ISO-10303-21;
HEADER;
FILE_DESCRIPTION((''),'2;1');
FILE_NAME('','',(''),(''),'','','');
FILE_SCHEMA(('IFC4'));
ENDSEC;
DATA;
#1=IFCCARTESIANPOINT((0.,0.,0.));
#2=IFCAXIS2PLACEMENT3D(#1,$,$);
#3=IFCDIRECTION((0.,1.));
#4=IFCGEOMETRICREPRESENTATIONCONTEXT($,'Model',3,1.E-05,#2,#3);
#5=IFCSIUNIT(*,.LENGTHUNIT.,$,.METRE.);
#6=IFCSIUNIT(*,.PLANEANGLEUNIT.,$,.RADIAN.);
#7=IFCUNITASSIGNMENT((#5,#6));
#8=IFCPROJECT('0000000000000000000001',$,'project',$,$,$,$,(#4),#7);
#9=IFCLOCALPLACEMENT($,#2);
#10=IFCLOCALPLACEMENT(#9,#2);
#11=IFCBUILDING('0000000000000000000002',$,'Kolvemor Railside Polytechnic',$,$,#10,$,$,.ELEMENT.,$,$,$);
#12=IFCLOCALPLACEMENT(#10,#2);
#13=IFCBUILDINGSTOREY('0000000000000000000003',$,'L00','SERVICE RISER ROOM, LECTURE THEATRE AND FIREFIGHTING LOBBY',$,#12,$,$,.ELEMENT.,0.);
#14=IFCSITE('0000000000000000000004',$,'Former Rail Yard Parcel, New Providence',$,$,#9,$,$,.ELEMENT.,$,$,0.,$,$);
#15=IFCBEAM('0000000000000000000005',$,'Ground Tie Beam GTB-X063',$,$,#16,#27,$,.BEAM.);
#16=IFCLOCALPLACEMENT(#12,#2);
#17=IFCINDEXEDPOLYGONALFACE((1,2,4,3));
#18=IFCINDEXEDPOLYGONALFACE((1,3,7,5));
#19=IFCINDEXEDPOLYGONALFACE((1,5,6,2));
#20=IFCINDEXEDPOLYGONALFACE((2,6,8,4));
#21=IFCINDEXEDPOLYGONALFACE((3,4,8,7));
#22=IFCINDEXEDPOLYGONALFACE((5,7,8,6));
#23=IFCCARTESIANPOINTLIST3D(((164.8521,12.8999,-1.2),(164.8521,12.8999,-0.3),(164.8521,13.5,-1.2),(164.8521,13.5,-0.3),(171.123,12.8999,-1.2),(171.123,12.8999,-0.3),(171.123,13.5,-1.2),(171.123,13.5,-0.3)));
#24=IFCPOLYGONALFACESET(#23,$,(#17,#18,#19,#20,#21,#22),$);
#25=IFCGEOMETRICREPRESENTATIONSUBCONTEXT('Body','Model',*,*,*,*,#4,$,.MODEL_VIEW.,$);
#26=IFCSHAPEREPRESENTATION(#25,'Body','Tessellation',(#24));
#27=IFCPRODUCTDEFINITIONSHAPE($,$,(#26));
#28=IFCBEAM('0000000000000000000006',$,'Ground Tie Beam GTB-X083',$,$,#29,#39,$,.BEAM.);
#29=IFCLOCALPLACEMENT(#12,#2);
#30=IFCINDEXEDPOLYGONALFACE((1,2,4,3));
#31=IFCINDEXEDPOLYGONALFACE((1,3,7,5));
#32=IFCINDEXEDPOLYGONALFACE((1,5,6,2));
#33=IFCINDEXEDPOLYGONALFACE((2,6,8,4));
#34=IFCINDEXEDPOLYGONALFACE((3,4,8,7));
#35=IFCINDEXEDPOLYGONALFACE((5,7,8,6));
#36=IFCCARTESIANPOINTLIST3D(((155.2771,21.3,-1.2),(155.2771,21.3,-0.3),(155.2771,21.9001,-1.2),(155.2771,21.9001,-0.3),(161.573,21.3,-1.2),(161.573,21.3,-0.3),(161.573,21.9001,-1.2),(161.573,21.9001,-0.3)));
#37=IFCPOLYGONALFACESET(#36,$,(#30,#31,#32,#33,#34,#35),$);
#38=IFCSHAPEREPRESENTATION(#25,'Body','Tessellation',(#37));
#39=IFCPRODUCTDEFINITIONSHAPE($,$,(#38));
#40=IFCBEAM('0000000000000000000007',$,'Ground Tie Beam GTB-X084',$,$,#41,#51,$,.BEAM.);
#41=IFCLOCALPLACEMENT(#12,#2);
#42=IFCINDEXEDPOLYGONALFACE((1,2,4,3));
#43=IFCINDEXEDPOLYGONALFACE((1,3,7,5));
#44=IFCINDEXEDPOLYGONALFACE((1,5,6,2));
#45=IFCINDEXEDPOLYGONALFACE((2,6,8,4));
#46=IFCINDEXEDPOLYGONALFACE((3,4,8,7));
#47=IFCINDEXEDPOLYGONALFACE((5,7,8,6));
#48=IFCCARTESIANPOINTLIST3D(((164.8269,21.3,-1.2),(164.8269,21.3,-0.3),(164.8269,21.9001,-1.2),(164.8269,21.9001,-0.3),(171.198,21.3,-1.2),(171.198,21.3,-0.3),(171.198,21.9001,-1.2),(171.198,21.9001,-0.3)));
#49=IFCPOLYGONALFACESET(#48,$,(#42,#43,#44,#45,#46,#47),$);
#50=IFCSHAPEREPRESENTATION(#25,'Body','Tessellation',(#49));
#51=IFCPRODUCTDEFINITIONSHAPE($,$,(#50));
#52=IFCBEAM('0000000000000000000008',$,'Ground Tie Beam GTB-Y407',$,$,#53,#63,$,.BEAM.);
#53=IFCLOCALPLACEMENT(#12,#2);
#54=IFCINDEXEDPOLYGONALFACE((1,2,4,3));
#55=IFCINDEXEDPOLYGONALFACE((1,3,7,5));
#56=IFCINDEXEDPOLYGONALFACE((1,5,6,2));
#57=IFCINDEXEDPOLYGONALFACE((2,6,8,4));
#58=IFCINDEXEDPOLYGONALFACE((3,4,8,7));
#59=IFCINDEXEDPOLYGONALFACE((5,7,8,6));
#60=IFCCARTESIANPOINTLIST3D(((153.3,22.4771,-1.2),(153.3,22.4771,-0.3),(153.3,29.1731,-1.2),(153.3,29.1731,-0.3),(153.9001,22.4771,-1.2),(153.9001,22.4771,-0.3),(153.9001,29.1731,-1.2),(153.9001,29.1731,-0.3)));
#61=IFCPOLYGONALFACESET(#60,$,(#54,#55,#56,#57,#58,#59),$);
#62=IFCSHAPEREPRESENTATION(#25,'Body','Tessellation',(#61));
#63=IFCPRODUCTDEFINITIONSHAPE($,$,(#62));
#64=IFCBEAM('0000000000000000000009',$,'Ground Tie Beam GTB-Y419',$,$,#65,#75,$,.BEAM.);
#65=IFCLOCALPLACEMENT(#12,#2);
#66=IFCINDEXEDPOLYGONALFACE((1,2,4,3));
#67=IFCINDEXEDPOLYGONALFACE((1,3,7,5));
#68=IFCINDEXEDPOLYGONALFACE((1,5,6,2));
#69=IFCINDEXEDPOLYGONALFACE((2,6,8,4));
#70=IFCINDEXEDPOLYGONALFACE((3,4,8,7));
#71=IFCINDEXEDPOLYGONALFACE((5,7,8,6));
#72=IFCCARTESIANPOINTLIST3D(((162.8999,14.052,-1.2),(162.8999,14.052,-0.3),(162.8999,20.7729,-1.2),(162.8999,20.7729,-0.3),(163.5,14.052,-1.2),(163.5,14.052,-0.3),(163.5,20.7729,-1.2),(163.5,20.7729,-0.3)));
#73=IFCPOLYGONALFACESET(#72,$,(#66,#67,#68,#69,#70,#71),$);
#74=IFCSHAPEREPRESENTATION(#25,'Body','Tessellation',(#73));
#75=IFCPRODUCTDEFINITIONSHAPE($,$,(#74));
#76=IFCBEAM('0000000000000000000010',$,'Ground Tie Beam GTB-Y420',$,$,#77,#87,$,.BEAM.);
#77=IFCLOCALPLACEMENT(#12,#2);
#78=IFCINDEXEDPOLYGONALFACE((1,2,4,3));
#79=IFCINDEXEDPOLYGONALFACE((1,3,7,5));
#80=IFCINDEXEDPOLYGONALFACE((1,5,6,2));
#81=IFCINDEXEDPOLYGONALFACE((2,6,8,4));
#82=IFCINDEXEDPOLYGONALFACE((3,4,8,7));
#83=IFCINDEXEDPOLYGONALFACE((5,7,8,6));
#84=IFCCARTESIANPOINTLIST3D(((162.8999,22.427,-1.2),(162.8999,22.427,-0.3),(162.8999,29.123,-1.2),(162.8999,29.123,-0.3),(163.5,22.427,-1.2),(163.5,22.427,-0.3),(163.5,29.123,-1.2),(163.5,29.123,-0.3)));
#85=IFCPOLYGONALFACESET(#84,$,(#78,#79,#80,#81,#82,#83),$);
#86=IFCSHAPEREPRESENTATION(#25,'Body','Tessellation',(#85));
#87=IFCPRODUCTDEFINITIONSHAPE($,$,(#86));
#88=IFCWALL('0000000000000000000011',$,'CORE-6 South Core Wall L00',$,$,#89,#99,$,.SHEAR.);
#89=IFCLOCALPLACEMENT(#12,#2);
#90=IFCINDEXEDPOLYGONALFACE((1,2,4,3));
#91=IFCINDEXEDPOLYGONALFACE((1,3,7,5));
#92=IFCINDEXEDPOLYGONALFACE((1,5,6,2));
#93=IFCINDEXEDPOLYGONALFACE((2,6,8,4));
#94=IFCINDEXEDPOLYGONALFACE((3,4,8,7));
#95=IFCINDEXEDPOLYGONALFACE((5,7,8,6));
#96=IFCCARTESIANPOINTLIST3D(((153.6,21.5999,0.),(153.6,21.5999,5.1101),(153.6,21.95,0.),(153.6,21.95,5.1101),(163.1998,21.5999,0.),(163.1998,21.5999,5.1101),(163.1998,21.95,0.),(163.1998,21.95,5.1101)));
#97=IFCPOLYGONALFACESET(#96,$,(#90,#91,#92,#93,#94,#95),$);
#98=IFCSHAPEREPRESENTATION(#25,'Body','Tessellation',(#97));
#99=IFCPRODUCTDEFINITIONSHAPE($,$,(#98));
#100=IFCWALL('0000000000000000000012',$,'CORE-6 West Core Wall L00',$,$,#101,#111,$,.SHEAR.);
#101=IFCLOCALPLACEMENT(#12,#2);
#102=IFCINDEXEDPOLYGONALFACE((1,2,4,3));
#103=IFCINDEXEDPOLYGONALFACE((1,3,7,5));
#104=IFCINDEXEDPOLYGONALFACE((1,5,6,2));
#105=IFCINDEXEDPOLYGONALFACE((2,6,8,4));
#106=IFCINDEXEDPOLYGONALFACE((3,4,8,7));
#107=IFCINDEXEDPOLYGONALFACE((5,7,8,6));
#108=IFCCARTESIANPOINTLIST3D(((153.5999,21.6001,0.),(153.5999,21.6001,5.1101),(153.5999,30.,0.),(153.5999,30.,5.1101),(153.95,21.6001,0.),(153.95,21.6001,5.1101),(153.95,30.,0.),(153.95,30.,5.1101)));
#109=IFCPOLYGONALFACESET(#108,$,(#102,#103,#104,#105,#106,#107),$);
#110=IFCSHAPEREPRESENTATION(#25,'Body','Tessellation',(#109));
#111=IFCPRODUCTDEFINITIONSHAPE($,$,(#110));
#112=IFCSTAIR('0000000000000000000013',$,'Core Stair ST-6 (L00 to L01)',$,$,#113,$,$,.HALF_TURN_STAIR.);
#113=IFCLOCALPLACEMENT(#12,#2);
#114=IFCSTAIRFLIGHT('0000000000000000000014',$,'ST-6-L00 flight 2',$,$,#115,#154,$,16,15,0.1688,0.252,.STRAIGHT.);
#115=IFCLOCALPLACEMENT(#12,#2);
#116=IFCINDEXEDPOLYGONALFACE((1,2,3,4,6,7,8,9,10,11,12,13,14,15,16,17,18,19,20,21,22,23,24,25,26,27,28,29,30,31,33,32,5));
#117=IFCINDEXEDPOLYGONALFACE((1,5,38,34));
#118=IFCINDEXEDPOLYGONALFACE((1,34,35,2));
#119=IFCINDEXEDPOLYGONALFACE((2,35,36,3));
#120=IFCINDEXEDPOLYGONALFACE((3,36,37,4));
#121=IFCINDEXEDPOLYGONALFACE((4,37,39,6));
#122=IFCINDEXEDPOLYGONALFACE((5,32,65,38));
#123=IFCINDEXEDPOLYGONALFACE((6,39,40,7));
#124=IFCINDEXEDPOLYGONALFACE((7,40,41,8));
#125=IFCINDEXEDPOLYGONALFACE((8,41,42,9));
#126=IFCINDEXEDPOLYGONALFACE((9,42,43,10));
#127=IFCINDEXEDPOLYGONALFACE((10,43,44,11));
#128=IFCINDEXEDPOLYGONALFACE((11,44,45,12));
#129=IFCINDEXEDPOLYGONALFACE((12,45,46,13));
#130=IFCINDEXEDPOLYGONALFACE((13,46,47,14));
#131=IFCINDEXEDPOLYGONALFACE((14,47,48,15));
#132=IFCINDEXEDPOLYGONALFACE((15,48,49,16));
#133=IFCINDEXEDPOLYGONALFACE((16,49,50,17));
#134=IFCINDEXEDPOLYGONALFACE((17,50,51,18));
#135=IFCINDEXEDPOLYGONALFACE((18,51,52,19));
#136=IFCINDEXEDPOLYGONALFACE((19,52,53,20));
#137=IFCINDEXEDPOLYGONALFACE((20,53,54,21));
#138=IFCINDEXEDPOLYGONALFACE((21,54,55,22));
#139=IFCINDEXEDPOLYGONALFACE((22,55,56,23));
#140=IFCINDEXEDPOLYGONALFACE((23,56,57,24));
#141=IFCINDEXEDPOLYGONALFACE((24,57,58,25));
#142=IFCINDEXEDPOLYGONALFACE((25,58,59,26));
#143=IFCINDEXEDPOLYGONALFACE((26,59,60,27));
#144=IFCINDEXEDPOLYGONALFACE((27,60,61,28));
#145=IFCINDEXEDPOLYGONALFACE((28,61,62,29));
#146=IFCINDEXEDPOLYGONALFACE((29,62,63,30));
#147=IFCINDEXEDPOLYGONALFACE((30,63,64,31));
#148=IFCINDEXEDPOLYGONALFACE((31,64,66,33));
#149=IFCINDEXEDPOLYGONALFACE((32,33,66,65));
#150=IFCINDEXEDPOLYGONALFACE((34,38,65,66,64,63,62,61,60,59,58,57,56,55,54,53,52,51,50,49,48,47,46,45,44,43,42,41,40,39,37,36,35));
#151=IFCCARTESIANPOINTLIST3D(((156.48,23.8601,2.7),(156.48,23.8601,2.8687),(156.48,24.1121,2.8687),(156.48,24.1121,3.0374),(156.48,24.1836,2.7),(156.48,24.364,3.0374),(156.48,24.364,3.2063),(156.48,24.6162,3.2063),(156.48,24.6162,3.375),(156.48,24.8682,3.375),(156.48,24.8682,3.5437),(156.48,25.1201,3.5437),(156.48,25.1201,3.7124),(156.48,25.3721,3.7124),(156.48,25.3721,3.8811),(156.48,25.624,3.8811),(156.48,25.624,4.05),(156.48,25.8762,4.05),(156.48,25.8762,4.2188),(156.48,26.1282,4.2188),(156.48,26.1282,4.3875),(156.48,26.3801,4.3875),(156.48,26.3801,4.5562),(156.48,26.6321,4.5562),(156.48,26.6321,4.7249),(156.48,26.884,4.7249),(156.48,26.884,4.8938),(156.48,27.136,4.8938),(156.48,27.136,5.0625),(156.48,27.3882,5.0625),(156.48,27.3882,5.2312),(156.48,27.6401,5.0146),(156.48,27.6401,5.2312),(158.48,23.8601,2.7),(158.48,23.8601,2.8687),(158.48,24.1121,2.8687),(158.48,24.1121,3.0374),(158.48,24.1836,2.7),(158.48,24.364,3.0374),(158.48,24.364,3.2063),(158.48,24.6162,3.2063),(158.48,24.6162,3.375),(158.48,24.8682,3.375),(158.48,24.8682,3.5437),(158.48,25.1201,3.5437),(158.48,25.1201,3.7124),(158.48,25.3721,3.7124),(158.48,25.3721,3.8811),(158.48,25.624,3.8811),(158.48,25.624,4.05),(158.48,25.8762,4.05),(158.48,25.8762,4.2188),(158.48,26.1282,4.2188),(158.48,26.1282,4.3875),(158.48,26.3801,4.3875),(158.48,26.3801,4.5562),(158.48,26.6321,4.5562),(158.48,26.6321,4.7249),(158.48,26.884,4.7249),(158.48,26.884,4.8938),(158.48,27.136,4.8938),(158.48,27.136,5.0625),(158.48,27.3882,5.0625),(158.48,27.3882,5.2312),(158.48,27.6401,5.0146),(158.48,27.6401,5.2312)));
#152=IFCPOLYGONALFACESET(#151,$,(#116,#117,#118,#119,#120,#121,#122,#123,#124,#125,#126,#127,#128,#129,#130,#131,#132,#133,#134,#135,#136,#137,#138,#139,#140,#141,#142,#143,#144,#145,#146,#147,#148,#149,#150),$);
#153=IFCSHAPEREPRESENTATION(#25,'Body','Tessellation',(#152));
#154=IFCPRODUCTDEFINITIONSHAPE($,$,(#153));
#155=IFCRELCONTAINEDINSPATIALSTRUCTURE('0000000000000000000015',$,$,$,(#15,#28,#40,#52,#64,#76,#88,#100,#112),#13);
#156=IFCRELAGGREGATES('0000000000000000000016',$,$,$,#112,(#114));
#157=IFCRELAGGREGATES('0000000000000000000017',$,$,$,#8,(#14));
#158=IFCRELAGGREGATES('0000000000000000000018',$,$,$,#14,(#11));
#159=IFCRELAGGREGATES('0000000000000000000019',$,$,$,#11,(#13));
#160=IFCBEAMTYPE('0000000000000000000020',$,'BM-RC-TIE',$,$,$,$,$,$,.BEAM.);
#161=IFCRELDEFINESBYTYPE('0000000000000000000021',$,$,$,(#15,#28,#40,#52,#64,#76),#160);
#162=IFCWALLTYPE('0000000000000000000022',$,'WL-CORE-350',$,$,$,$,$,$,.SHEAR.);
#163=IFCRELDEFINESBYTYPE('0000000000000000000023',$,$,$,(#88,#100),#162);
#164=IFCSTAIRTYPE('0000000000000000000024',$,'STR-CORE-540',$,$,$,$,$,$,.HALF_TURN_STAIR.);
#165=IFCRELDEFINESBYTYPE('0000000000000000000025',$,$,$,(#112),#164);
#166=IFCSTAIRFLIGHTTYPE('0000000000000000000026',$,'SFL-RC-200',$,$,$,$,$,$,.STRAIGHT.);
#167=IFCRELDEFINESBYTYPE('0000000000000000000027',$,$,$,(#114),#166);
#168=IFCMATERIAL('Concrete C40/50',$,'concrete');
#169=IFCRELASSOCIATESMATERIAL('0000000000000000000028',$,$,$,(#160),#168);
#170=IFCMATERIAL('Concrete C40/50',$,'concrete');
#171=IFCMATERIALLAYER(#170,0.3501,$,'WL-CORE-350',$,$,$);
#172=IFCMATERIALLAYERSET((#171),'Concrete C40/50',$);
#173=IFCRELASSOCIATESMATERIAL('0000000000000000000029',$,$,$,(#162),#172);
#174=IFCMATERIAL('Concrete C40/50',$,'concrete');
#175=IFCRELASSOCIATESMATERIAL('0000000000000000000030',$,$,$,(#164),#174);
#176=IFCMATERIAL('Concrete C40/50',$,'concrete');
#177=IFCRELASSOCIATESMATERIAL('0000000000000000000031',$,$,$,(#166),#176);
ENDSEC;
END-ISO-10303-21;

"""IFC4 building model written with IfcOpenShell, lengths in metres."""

from ifc_helpers import new_model, si_unit, direction, frame, frame_2d, origin, origin_2d, place, context, subcontext, project, spatial, polyline, rectangle, outline, extrude, material, layer, layer_set, material_profile, profile_set, type_object, element, aggregate, save


model = new_model("IFC4")

# Units and contexts
model_context = context("Model", 3, precision=1e-05, world=origin(), true_north=direction((0.0, 1.0)))
body_context = subcontext(model_context, "Body", "Model", "MODEL_VIEW")
ifc_project = project(units=[si_unit("LENGTHUNIT", "METRE"), si_unit("PLANEANGLEUNIT", "RADIAN")], contexts=[model_context])

# Site, building, storey
site_placement = place(None, origin())
site = spatial("IfcSite", under=ifc_project, at=site_placement, Name="Former Rail Yard Parcel, New Providence", CompositionType="ELEMENT", RefElevation=0.0)
building_placement = place(site_placement, origin())
building = spatial("IfcBuilding", under=site, at=building_placement, Name="Kolvemor Railside Polytechnic", CompositionType="ELEMENT")
storey_placement = place(building_placement, origin())
storey = spatial("IfcBuildingStorey", under=building, at=storey_placement, Name="L00", Description="SERVICE RISER ROOM, LECTURE THEATRE AND FIREFIGHTING LOBBY", CompositionType="ELEMENT", Elevation=0.0)

# Beams
ifc_material_1 = material(Name="Concrete C40/50", Category="concrete")
ifc_material_profile_1 = material_profile(ifc_material_1, rectangle(XDim=0.6001, YDim=0.8999, at=origin_2d()), Name="RC600x900")
ifc_profile_set_1 = profile_set([ifc_material_profile_1], Name="Concrete C40/50")
beam_type_1 = type_object("IfcBeamType", Name="BM-RC-TIE", PredefinedType="BEAM", material=ifc_profile_set_1)
beam_1_placement = place(storey_placement, frame((164.8521, 13.2, -0.75), z_axis=(1.0, 0.0, 0.0), x_axis=(0.0, 1.0, 0.0)))
element("IfcBeam", 1, at=beam_1_placement, inside=storey, type_object=beam_type_1, Name="Ground Tie Beam GTB-X063", PredefinedType="BEAM", context=body_context, shape_type="SweptSolid", body=[
    extrude(rectangle(XDim=0.6001, YDim=0.8999, at=origin_2d()), origin(), (0.0, 0.0, 1.0), 6.271),
])
beam_2_placement = place(storey_placement, frame((155.2771, 21.6001, -0.75), z_axis=(1.0, 0.0, 0.0), x_axis=(0.0, 1.0, 0.0)))
element("IfcBeam", 2, at=beam_2_placement, inside=storey, type_object=beam_type_1, Name="Ground Tie Beam GTB-X083", PredefinedType="BEAM", context=body_context, shape_type="SweptSolid", body=[
    extrude(rectangle(XDim=0.6001, YDim=0.8999, at=origin_2d()), origin(), (0.0, 0.0, 1.0), 6.2959),
])
beam_3_placement = place(storey_placement, frame((164.8269, 21.6001, -0.75), z_axis=(1.0, 0.0, 0.0), x_axis=(0.0, 1.0, 0.0)))
element("IfcBeam", 3, at=beam_3_placement, inside=storey, type_object=beam_type_1, Name="Ground Tie Beam GTB-X084", PredefinedType="BEAM", context=body_context, shape_type="SweptSolid", body=[
    extrude(rectangle(XDim=0.6001, YDim=0.8999, at=origin_2d()), origin(), (0.0, 0.0, 1.0), 6.3711),
])
beam_4_placement = place(storey_placement, frame((153.6001, 22.4771, -0.75), z_axis=(0.0, 1.0, 0.0), x_axis=(-1.0, 0.0, 0.0)))
element("IfcBeam", 4, at=beam_4_placement, inside=storey, type_object=beam_type_1, Name="Ground Tie Beam GTB-Y407", PredefinedType="BEAM", context=body_context, shape_type="SweptSolid", body=[
    extrude(rectangle(XDim=0.6001, YDim=0.8999, at=origin_2d()), origin(), (0.0, 0.0, 1.0), 6.696),
])
beam_5_placement = place(storey_placement, frame((163.2, 14.052, -0.75), z_axis=(0.0, 1.0, 0.0), x_axis=(-1.0, 0.0, 0.0)))
element("IfcBeam", 5, at=beam_5_placement, inside=storey, type_object=beam_type_1, Name="Ground Tie Beam GTB-Y419", PredefinedType="BEAM", context=body_context, shape_type="SweptSolid", body=[
    extrude(rectangle(XDim=0.6001, YDim=0.8999, at=origin_2d()), origin(), (0.0, 0.0, 1.0), 6.7209),
])
beam_6_placement = place(storey_placement, frame((163.2, 22.427, -0.75), z_axis=(0.0, 1.0, 0.0), x_axis=(-1.0, 0.0, 0.0)))
element("IfcBeam", 6, at=beam_6_placement, inside=storey, type_object=beam_type_1, Name="Ground Tie Beam GTB-Y420", PredefinedType="BEAM", context=body_context, shape_type="SweptSolid", body=[
    extrude(rectangle(XDim=0.6001, YDim=0.8999, at=origin_2d()), origin(), (0.0, 0.0, 1.0), 6.696),
])

# Walls
ifc_material_2 = material(Name="Concrete C40/50", Category="concrete")
ifc_layer_1 = layer(ifc_material_2, 0.3501, Name="WL-CORE-350")
ifc_layer_set_1 = layer_set([ifc_layer_1], Name="Concrete C40/50")
wall_type_1 = type_object("IfcWallType", Name="WL-CORE-350", PredefinedType="SHEAR", material=ifc_layer_set_1)
wall_1_placement = place(storey_placement, frame((153.6001, 21.7749, 0.0), z_axis=(0.0, 0.0, 1.0), x_axis=(1.0, 0.0, 0.0)))
element("IfcWall", 7, at=wall_1_placement, inside=storey, type_object=wall_type_1, Name="CORE-6 South Core Wall L00", PredefinedType="SHEAR", context=body_context, shape_type="SweptSolid", body=[
    extrude(rectangle(XDim=9.5999, YDim=0.3501, at=frame_2d((4.7998, 0.0))), origin(), (0.0, 0.0, 1.0), 5.1101),
])
wall_2_placement = place(storey_placement, frame((153.7749, 21.6001, 0.0), z_axis=(0.0, 0.0, 1.0), x_axis=(0.0, 1.0, 0.0)))
element("IfcWall", 8, at=wall_2_placement, inside=storey, type_object=wall_type_1, Name="CORE-6 West Core Wall L00", PredefinedType="SHEAR", context=body_context, shape_type="SweptSolid", body=[
    extrude(rectangle(XDim=8.3999, YDim=0.3501, at=frame_2d((4.2, 0.0))), origin(), (0.0, 0.0, 1.0), 5.1101),
])

# Stair, stair flight
ifc_material_3 = material(Name="Concrete C40/50", Category="concrete")
stair_type = type_object("IfcStairType", Name="STR-CORE-540", PredefinedType="HALF_TURN_STAIR", material=ifc_material_3)
stair_placement = place(storey_placement, origin())
stair = element("IfcStair", 9, at=stair_placement, inside=storey, type_object=stair_type, Name="Core Stair ST-6 (L00 to L01)", PredefinedType="HALF_TURN_STAIR")
ifc_material_4 = material(Name="Concrete C40/50", Category="concrete")
stair_flight_type = type_object("IfcStairFlightType", Name="SFL-RC-200", PredefinedType="STRAIGHT", material=ifc_material_4)
stair_flight_placement = place(storey_placement, frame((157.48, 23.8601, 2.7), z_axis=(0.0, 0.0, 1.0), x_axis=(0.0, 1.0, 0.0)))
stair_flight = element("IfcStairFlight", 10, at=stair_flight_placement, type_object=stair_flight_type, Name="ST-6-L00 flight 2", NumberOfRisers=16, NumberOfTreads=15, PredefinedType="STRAIGHT", RiserHeight=0.1688, TreadLength=0.252, context=body_context, shape_type="SweptSolid", body=[
    extrude(outline(polyline([(0.0, 0.0), (0.0, 0.1687), (0.252, 0.1687), (0.252, 0.3374), (0.5039, 0.3374), (0.5039, 0.5063), (0.7561, 0.5063), (0.7561, 0.675), (1.0081, 0.675), (1.0081, 0.8438), (1.26, 0.8438), (1.26, 1.0125), (1.512, 1.0125), (1.512, 1.1812), (1.7639, 1.1812), (1.7639, 1.3501), (2.0161, 1.3501), (2.0161, 1.5188), (2.2681, 1.5188), (2.2681, 1.6875), (2.52, 1.6875), (2.52, 1.8562), (2.772, 1.8562), (2.772, 2.0249), (3.0239, 2.0249), (3.0239, 2.1938), (3.2759, 2.1938), (3.2759, 2.3625), (3.5281, 2.3625), (3.5281, 2.5312), (3.78, 2.5312), (3.78, 2.7), (3.78, 2.3147), (0.3235, 0.0), (0.0, 0.0)])), frame((0.0, 1.0, 0.0), z_axis=(0.0, -1.0, 0.0), x_axis=(1.0, 0.0, 0.0)), (0.0, 0.0, 1.0), 2.0),
])
aggregate(stair, [stair_flight])

save(model, "model.ifc")
